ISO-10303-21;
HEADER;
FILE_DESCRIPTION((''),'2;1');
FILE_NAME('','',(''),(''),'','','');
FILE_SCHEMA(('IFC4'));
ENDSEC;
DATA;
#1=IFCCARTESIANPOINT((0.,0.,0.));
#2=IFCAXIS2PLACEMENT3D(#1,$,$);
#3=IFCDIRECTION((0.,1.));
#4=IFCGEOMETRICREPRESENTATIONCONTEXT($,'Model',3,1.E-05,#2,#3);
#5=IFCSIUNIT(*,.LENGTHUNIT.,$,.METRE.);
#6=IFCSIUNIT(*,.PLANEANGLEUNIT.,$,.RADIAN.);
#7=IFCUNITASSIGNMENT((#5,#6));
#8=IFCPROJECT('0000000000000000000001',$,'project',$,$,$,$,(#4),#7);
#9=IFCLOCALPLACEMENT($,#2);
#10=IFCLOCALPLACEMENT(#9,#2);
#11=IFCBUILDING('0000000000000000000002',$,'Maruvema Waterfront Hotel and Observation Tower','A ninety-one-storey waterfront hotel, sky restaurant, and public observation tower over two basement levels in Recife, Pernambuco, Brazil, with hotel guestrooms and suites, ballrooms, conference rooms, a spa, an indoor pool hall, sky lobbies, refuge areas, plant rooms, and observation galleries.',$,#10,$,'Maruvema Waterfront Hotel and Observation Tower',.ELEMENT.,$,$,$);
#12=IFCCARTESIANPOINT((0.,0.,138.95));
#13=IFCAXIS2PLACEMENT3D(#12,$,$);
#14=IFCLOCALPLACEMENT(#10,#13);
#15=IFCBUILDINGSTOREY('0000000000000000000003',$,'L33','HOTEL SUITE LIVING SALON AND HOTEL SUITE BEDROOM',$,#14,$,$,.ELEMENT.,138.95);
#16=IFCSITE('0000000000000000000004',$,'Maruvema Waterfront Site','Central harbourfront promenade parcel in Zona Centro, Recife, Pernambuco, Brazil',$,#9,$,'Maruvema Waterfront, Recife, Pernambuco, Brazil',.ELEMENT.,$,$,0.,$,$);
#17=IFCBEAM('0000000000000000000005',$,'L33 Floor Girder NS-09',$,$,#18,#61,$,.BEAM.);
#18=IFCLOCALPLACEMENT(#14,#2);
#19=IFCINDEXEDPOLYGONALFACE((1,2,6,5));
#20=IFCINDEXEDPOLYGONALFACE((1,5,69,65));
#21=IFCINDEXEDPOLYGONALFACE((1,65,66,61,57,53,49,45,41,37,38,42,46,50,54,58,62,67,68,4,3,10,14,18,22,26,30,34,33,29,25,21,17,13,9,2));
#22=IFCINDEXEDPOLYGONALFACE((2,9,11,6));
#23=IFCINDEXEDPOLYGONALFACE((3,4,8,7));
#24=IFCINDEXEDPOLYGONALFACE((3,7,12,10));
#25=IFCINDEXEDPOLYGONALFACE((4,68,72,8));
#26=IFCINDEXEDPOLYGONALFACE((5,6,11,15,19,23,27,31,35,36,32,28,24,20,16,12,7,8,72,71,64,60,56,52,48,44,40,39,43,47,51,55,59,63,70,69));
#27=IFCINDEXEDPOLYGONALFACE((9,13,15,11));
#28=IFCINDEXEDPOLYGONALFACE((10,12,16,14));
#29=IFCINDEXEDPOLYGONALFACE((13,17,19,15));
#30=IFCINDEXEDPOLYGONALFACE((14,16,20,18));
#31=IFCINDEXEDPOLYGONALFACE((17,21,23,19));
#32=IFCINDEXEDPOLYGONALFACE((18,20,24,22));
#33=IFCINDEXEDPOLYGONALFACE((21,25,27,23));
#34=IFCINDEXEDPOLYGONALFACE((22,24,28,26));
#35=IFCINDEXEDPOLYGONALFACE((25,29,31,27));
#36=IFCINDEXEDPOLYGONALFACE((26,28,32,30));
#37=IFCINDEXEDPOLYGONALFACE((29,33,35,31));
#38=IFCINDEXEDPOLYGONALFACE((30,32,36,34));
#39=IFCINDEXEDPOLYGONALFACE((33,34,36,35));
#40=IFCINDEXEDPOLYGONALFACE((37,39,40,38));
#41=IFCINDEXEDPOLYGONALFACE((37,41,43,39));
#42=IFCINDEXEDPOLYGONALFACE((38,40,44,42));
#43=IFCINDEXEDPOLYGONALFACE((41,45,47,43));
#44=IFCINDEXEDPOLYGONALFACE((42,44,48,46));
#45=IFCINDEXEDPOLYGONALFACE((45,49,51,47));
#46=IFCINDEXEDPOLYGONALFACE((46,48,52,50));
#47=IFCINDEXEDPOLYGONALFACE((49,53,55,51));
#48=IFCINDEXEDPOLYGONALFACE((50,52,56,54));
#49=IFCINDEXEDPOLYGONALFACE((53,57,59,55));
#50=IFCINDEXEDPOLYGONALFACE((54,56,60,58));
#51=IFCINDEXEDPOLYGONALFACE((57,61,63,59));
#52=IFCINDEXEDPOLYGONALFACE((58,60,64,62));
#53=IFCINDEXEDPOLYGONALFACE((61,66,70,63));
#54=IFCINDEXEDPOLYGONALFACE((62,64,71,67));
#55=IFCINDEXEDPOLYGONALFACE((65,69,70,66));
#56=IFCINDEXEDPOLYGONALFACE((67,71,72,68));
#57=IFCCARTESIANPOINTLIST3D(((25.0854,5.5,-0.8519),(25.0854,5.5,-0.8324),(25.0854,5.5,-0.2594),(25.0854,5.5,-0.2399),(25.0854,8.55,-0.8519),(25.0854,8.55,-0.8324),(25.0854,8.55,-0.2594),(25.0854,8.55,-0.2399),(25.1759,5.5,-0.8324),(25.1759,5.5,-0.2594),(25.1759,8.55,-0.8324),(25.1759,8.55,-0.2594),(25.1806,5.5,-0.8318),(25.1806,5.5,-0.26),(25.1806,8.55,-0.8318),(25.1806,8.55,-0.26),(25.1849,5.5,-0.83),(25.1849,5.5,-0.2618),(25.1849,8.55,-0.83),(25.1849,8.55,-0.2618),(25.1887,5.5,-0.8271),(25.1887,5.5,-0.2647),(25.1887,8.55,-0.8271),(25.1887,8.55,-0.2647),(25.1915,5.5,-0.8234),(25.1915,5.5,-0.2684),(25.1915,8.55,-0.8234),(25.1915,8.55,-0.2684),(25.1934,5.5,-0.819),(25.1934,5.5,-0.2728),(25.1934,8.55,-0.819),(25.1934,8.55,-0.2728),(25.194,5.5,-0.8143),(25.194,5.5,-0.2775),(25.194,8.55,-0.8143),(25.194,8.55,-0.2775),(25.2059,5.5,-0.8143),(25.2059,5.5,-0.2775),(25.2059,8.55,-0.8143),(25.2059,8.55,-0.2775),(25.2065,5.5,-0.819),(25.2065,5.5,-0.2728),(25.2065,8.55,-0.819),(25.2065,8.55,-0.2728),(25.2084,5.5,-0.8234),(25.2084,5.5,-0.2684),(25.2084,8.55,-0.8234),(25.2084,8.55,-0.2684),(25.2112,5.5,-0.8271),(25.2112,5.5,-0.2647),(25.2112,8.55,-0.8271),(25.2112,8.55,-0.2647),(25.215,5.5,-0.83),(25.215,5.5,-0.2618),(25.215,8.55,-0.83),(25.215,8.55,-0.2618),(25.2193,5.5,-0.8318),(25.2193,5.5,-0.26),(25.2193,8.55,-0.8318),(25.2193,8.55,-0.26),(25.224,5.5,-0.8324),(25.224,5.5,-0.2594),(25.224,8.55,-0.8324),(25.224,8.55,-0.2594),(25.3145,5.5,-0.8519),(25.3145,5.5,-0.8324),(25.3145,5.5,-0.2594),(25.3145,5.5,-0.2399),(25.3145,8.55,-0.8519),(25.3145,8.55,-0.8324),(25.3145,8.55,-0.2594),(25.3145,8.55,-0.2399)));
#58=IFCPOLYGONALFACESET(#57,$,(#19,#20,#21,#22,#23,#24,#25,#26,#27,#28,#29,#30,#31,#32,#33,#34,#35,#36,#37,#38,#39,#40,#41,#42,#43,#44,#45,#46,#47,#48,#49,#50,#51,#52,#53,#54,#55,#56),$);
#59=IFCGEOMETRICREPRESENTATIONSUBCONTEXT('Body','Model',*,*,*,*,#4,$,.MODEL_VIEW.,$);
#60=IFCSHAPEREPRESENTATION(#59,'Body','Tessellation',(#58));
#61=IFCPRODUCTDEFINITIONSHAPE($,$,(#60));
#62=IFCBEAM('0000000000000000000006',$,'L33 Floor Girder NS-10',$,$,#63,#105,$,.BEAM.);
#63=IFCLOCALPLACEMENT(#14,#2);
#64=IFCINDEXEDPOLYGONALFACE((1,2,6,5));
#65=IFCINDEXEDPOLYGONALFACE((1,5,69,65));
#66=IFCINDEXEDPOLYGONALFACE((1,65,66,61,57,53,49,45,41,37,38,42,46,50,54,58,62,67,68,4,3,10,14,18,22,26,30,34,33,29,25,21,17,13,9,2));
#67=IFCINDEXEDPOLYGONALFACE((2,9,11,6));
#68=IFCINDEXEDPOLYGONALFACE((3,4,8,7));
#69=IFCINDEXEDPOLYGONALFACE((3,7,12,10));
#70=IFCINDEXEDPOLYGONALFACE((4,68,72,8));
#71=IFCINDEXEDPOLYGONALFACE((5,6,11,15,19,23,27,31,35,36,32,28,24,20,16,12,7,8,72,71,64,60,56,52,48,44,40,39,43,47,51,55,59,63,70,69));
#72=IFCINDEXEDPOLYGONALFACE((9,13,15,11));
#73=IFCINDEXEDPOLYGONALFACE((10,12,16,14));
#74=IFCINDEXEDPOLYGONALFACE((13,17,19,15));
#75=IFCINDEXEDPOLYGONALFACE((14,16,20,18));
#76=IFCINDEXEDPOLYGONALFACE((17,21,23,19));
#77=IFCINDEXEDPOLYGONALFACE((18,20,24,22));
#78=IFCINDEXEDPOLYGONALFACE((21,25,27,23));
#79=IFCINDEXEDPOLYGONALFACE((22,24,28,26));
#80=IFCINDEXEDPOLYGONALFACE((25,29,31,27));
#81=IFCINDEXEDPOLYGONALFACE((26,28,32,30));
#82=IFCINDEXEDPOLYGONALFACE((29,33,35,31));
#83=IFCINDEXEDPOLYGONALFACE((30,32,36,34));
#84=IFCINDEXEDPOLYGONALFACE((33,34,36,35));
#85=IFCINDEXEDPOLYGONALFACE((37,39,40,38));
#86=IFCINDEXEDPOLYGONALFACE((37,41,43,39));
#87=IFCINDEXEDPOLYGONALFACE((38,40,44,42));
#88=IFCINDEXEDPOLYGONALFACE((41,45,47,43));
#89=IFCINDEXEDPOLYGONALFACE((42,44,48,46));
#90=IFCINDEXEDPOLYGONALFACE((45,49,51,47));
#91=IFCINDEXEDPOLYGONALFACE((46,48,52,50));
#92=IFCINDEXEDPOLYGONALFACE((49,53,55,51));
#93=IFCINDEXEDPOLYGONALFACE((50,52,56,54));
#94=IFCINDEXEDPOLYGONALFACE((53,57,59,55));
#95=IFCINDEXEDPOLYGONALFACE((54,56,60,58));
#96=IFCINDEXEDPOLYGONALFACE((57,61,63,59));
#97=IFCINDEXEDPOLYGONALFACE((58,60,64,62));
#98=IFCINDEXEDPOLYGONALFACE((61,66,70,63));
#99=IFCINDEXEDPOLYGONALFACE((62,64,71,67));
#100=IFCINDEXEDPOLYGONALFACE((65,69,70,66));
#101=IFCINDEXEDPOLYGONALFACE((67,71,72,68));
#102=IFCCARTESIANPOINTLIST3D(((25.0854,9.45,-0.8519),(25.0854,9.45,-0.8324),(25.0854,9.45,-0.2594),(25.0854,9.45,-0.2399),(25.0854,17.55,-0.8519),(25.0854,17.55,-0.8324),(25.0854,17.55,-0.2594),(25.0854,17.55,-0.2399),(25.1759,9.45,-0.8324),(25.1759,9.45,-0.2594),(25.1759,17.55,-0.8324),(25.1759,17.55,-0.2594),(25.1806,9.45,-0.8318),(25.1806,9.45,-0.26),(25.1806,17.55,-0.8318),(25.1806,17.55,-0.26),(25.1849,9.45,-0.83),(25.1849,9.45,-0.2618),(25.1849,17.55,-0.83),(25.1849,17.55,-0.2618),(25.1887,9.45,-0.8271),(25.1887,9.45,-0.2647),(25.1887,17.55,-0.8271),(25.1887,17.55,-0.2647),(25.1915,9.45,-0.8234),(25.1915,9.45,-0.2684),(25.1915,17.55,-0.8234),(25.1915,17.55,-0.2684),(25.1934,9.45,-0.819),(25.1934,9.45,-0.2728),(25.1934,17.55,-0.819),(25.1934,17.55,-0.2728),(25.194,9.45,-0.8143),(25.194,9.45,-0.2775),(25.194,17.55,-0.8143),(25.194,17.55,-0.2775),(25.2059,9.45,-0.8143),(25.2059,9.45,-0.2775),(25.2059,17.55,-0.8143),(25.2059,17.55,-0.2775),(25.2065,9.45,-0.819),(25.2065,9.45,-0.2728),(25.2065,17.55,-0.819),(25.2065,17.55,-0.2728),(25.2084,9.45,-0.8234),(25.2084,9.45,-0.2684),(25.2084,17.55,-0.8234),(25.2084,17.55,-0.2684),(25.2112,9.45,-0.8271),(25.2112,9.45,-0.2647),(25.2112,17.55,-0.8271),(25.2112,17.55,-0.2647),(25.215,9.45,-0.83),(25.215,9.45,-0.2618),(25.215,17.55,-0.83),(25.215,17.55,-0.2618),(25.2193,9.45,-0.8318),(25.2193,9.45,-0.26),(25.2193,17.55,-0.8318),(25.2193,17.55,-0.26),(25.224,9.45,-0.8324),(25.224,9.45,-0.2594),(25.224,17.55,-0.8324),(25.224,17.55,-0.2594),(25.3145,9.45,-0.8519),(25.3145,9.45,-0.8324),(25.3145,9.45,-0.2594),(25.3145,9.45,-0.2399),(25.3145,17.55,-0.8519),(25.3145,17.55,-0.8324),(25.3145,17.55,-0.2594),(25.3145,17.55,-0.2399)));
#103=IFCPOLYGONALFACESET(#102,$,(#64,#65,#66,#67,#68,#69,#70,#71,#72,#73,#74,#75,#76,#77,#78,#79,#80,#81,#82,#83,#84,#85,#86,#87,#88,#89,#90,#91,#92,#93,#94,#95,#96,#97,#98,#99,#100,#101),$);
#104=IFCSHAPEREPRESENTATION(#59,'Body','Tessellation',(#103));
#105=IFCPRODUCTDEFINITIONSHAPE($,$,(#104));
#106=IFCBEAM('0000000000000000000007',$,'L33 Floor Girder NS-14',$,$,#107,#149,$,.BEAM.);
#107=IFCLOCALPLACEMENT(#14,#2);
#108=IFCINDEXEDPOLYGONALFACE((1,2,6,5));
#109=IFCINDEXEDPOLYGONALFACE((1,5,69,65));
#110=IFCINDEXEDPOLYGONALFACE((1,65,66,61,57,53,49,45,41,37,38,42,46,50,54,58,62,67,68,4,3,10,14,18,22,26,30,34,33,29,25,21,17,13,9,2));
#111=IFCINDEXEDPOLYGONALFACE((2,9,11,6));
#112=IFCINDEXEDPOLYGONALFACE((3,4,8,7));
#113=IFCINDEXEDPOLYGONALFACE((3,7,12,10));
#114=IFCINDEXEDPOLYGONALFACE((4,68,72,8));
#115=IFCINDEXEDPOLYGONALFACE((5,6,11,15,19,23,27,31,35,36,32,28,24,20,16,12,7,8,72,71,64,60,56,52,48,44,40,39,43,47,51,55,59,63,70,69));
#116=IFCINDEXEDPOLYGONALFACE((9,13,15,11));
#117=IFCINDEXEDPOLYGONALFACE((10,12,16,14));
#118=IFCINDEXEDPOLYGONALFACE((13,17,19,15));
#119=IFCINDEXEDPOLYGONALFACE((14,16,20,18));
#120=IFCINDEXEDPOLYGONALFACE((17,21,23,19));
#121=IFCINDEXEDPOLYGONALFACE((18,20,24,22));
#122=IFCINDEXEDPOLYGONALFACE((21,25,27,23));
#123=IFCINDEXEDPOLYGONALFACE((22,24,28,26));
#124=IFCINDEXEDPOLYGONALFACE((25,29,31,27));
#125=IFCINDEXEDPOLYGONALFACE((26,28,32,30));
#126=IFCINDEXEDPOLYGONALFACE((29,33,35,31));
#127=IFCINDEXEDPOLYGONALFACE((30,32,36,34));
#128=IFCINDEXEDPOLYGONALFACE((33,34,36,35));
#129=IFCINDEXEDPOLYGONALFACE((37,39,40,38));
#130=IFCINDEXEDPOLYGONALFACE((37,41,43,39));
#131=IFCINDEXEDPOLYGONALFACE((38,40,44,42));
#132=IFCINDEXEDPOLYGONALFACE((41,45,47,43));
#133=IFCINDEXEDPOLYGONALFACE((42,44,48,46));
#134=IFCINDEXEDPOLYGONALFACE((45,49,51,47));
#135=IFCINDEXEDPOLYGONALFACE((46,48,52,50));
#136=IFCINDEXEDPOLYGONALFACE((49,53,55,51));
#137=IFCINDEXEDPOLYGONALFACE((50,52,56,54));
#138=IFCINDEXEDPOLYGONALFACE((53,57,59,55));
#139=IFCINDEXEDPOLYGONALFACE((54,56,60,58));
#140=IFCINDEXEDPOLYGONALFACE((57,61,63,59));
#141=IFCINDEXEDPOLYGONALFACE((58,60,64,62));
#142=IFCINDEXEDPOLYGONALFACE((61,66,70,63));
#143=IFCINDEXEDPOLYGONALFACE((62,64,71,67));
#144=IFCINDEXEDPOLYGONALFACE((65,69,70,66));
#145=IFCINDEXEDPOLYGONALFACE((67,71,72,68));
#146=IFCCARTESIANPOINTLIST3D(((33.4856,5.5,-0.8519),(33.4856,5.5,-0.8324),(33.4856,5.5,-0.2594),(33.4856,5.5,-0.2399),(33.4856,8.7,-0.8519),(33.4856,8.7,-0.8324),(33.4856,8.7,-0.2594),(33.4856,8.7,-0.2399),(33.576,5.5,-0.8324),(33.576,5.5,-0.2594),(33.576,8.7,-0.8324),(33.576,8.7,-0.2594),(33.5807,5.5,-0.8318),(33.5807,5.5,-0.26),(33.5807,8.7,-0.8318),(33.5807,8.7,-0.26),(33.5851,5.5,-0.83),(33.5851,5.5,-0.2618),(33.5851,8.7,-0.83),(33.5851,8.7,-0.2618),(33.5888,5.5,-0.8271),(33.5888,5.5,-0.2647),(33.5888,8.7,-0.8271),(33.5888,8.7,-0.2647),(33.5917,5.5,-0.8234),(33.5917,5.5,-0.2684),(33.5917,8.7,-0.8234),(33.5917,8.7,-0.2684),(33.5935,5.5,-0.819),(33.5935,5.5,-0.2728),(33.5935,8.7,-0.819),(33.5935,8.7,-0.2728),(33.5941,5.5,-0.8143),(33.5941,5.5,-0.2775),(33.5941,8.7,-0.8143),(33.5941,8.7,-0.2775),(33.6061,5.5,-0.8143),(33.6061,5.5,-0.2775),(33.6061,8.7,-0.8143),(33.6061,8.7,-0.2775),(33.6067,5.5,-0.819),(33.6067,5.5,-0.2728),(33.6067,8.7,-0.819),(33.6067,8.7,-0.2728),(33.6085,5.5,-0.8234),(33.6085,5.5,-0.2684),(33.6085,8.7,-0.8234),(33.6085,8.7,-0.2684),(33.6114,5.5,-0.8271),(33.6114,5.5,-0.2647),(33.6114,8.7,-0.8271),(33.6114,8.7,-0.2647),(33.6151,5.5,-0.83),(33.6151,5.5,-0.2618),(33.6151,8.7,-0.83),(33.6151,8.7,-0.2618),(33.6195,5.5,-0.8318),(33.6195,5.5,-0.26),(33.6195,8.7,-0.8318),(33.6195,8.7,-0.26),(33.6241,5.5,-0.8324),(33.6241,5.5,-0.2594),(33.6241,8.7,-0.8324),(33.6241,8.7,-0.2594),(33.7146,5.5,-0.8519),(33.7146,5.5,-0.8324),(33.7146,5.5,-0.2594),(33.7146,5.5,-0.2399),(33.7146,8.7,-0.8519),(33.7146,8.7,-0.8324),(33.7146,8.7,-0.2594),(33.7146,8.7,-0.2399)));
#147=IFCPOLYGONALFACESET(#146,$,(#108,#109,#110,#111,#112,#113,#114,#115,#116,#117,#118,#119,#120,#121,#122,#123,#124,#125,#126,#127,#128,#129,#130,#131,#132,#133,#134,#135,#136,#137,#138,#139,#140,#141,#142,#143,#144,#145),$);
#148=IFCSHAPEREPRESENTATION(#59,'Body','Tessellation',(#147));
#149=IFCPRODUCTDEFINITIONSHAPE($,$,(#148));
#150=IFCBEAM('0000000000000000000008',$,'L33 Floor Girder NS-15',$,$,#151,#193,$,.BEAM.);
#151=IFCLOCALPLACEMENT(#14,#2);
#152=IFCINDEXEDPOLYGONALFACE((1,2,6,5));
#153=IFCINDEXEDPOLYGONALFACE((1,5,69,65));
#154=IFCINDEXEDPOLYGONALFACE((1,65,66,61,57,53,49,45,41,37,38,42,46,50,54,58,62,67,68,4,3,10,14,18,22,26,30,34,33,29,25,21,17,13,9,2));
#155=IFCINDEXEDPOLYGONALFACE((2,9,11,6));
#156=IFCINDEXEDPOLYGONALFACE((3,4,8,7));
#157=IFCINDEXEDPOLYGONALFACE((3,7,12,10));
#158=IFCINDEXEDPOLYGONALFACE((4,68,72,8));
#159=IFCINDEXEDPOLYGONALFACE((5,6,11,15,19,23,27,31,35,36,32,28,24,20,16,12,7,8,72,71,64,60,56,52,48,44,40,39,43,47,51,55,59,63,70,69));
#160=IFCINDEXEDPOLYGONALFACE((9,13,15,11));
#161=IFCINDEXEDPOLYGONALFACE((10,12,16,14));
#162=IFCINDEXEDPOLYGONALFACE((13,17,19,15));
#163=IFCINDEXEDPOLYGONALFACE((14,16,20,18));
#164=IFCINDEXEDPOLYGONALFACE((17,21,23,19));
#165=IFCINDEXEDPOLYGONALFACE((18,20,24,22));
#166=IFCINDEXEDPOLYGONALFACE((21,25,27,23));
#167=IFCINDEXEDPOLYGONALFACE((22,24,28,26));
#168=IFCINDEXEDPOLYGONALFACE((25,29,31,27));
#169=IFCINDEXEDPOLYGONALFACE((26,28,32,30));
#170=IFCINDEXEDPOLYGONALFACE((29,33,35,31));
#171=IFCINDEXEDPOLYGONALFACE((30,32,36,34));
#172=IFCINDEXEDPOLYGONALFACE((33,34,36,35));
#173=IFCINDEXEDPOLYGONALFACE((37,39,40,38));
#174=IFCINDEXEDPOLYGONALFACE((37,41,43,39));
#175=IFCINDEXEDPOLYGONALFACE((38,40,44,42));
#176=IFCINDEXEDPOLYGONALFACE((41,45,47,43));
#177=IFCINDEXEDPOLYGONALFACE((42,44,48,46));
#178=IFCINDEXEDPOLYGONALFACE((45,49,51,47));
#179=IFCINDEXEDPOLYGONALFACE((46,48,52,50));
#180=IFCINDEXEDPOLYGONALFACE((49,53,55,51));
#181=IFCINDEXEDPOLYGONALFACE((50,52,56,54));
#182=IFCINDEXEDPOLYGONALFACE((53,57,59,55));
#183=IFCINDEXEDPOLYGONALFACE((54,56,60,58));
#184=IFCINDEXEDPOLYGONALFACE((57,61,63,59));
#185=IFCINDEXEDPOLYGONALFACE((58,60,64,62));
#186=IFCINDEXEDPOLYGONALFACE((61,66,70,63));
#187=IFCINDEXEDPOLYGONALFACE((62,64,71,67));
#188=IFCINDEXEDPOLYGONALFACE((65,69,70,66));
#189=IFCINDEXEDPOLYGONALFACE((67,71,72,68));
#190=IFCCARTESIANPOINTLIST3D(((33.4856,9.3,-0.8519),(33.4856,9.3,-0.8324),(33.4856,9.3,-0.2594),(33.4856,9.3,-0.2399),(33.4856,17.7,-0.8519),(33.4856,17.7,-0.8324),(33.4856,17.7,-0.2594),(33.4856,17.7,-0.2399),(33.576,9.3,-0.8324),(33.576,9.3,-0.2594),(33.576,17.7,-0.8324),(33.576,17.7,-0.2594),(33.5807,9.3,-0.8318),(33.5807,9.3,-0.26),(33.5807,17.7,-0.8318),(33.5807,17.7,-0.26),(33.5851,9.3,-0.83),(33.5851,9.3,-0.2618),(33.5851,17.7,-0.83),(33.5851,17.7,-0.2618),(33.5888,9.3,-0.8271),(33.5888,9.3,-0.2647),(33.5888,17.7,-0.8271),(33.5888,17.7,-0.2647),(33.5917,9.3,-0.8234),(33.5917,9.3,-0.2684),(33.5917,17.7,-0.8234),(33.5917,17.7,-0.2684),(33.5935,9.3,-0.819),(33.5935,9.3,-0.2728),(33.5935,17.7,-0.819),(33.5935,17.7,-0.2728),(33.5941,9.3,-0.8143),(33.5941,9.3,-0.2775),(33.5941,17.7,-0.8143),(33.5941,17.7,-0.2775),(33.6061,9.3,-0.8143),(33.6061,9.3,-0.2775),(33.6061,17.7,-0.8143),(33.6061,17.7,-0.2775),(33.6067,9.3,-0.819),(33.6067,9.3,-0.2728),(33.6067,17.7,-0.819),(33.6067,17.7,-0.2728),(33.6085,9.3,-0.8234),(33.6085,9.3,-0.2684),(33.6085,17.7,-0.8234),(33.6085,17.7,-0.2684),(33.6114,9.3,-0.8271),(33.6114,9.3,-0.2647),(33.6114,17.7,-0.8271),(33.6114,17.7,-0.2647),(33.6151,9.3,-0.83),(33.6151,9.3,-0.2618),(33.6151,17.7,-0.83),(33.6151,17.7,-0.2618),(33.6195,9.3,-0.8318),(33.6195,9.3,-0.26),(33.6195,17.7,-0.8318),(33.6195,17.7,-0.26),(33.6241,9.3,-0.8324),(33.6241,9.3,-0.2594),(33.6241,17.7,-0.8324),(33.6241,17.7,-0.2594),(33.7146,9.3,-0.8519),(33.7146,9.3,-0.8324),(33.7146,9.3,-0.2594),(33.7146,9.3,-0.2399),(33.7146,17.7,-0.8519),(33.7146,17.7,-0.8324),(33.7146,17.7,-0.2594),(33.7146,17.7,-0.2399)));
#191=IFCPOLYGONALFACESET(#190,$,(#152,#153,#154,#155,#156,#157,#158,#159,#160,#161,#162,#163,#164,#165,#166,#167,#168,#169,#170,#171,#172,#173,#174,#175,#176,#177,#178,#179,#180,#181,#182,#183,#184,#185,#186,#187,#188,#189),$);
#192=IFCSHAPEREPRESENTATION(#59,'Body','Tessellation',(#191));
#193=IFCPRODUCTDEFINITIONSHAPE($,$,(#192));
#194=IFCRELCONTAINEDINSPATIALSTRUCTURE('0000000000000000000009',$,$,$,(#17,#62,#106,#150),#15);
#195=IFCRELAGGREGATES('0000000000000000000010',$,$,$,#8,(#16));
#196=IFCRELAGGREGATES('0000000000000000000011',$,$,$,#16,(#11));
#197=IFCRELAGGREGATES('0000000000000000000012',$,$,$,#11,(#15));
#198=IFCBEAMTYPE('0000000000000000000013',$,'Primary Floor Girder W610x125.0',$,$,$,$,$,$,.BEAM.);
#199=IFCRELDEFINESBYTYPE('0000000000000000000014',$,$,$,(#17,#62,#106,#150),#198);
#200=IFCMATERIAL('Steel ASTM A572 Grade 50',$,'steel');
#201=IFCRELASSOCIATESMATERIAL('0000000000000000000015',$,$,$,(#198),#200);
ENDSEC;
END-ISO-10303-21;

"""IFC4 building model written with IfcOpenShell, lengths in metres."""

from ifc_helpers import new_model, si_unit, direction, frame, origin, origin_2d, place, context, subcontext, project, spatial, i_section, extrude, material, material_profile, profile_set, type_object, element, save


model = new_model("IFC4")

# Units and contexts
model_context = context("Model", 3, precision=1e-05, world=origin(), true_north=direction((0.0, 1.0)))
body_context = subcontext(model_context, "Body", "Model", "MODEL_VIEW")
ifc_project = project(units=[si_unit("LENGTHUNIT", "METRE"), si_unit("PLANEANGLEUNIT", "RADIAN")], contexts=[model_context])

# Site, building, storey
site_placement = place(None, origin())
site = spatial("IfcSite", under=ifc_project, at=site_placement, Name="Maruvema Waterfront Site", Description="Central harbourfront promenade parcel in Zona Centro, Recife, Pernambuco, Brazil", LongName="Maruvema Waterfront, Recife, Pernambuco, Brazil", CompositionType="ELEMENT", RefElevation=0.0)
building_placement = place(site_placement, origin())
building = spatial("IfcBuilding", under=site, at=building_placement, Name="Maruvema Waterfront Hotel and Observation Tower", Description="A ninety-one-storey waterfront hotel, sky restaurant, and public observation tower over two basement levels in Recife, Pernambuco, Brazil, with hotel guestrooms and suites, ballrooms, conference rooms, a spa, an indoor pool hall, sky lobbies, refuge areas, plant rooms, and observation galleries.", LongName="Maruvema Waterfront Hotel and Observation Tower", CompositionType="ELEMENT")
storey_placement = place(building_placement, frame((0.0, 0.0, 138.95)))
storey = spatial("IfcBuildingStorey", under=building, at=storey_placement, Name="L33", Description="HOTEL SUITE LIVING SALON AND HOTEL SUITE BEDROOM", CompositionType="ELEMENT", Elevation=138.95)

# Beams
ifc_material_1 = material(Name="Steel ASTM A572 Grade 50", Category="steel")
ifc_material_profile_1 = material_profile(ifc_material_1, i_section(OverallWidth=0.229, OverallDepth=0.6121, WebThickness=0.012, FlangeThickness=0.0195, FilletRadius=0.0181, at=origin_2d()), Name="W610x125.0")
ifc_profile_set_1 = profile_set([ifc_material_profile_1], Name="Steel ASTM A572 Grade 50")
beam_type_1 = type_object("IfcBeamType", Name="Primary Floor Girder W610x125.0", PredefinedType="BEAM", material=ifc_profile_set_1)
beam_1_placement = place(storey_placement, frame((25.2, 5.5, -0.5459), z_axis=(0.0, 1.0, 0.0), x_axis=(-1.0, 0.0, 0.0)))
element("IfcBeam", 1, at=beam_1_placement, inside=storey, type_object=beam_type_1, Name="L33 Floor Girder NS-09", PredefinedType="BEAM", context=body_context, shape_type="SweptSolid", body=[
    extrude(i_section(OverallWidth=0.229, OverallDepth=0.6121, WebThickness=0.012, FlangeThickness=0.0195, FilletRadius=0.0181, at=origin_2d()), origin(), (0.0, 0.0, 1.0), 3.05),
])
beam_2_placement = place(storey_placement, frame((25.2, 9.45, -0.5459), z_axis=(0.0, 1.0, 0.0), x_axis=(-1.0, 0.0, 0.0)))
element("IfcBeam", 2, at=beam_2_placement, inside=storey, type_object=beam_type_1, Name="L33 Floor Girder NS-10", PredefinedType="BEAM", context=body_context, shape_type="SweptSolid", body=[
    extrude(i_section(OverallWidth=0.229, OverallDepth=0.6121, WebThickness=0.012, FlangeThickness=0.0195, FilletRadius=0.0181, at=origin_2d()), origin(), (0.0, 0.0, 1.0), 8.1001),
])
beam_3_placement = place(storey_placement, frame((33.6001, 5.5, -0.5459), z_axis=(0.0, 1.0, 0.0), x_axis=(-1.0, 0.0, 0.0)))
element("IfcBeam", 3, at=beam_3_placement, inside=storey, type_object=beam_type_1, Name="L33 Floor Girder NS-14", PredefinedType="BEAM", context=body_context, shape_type="SweptSolid", body=[
    extrude(i_section(OverallWidth=0.229, OverallDepth=0.6121, WebThickness=0.012, FlangeThickness=0.0195, FilletRadius=0.0181, at=origin_2d()), origin(), (0.0, 0.0, 1.0), 3.2),
])
beam_4_placement = place(storey_placement, frame((33.6001, 9.3, -0.5459), z_axis=(0.0, 1.0, 0.0), x_axis=(-1.0, 0.0, 0.0)))
element("IfcBeam", 4, at=beam_4_placement, inside=storey, type_object=beam_type_1, Name="L33 Floor Girder NS-15", PredefinedType="BEAM", context=body_context, shape_type="SweptSolid", body=[
    extrude(i_section(OverallWidth=0.229, OverallDepth=0.6121, WebThickness=0.012, FlangeThickness=0.0195, FilletRadius=0.0181, at=origin_2d()), origin(), (0.0, 0.0, 1.0), 8.3999),
])

save(model, "model.ifc")
